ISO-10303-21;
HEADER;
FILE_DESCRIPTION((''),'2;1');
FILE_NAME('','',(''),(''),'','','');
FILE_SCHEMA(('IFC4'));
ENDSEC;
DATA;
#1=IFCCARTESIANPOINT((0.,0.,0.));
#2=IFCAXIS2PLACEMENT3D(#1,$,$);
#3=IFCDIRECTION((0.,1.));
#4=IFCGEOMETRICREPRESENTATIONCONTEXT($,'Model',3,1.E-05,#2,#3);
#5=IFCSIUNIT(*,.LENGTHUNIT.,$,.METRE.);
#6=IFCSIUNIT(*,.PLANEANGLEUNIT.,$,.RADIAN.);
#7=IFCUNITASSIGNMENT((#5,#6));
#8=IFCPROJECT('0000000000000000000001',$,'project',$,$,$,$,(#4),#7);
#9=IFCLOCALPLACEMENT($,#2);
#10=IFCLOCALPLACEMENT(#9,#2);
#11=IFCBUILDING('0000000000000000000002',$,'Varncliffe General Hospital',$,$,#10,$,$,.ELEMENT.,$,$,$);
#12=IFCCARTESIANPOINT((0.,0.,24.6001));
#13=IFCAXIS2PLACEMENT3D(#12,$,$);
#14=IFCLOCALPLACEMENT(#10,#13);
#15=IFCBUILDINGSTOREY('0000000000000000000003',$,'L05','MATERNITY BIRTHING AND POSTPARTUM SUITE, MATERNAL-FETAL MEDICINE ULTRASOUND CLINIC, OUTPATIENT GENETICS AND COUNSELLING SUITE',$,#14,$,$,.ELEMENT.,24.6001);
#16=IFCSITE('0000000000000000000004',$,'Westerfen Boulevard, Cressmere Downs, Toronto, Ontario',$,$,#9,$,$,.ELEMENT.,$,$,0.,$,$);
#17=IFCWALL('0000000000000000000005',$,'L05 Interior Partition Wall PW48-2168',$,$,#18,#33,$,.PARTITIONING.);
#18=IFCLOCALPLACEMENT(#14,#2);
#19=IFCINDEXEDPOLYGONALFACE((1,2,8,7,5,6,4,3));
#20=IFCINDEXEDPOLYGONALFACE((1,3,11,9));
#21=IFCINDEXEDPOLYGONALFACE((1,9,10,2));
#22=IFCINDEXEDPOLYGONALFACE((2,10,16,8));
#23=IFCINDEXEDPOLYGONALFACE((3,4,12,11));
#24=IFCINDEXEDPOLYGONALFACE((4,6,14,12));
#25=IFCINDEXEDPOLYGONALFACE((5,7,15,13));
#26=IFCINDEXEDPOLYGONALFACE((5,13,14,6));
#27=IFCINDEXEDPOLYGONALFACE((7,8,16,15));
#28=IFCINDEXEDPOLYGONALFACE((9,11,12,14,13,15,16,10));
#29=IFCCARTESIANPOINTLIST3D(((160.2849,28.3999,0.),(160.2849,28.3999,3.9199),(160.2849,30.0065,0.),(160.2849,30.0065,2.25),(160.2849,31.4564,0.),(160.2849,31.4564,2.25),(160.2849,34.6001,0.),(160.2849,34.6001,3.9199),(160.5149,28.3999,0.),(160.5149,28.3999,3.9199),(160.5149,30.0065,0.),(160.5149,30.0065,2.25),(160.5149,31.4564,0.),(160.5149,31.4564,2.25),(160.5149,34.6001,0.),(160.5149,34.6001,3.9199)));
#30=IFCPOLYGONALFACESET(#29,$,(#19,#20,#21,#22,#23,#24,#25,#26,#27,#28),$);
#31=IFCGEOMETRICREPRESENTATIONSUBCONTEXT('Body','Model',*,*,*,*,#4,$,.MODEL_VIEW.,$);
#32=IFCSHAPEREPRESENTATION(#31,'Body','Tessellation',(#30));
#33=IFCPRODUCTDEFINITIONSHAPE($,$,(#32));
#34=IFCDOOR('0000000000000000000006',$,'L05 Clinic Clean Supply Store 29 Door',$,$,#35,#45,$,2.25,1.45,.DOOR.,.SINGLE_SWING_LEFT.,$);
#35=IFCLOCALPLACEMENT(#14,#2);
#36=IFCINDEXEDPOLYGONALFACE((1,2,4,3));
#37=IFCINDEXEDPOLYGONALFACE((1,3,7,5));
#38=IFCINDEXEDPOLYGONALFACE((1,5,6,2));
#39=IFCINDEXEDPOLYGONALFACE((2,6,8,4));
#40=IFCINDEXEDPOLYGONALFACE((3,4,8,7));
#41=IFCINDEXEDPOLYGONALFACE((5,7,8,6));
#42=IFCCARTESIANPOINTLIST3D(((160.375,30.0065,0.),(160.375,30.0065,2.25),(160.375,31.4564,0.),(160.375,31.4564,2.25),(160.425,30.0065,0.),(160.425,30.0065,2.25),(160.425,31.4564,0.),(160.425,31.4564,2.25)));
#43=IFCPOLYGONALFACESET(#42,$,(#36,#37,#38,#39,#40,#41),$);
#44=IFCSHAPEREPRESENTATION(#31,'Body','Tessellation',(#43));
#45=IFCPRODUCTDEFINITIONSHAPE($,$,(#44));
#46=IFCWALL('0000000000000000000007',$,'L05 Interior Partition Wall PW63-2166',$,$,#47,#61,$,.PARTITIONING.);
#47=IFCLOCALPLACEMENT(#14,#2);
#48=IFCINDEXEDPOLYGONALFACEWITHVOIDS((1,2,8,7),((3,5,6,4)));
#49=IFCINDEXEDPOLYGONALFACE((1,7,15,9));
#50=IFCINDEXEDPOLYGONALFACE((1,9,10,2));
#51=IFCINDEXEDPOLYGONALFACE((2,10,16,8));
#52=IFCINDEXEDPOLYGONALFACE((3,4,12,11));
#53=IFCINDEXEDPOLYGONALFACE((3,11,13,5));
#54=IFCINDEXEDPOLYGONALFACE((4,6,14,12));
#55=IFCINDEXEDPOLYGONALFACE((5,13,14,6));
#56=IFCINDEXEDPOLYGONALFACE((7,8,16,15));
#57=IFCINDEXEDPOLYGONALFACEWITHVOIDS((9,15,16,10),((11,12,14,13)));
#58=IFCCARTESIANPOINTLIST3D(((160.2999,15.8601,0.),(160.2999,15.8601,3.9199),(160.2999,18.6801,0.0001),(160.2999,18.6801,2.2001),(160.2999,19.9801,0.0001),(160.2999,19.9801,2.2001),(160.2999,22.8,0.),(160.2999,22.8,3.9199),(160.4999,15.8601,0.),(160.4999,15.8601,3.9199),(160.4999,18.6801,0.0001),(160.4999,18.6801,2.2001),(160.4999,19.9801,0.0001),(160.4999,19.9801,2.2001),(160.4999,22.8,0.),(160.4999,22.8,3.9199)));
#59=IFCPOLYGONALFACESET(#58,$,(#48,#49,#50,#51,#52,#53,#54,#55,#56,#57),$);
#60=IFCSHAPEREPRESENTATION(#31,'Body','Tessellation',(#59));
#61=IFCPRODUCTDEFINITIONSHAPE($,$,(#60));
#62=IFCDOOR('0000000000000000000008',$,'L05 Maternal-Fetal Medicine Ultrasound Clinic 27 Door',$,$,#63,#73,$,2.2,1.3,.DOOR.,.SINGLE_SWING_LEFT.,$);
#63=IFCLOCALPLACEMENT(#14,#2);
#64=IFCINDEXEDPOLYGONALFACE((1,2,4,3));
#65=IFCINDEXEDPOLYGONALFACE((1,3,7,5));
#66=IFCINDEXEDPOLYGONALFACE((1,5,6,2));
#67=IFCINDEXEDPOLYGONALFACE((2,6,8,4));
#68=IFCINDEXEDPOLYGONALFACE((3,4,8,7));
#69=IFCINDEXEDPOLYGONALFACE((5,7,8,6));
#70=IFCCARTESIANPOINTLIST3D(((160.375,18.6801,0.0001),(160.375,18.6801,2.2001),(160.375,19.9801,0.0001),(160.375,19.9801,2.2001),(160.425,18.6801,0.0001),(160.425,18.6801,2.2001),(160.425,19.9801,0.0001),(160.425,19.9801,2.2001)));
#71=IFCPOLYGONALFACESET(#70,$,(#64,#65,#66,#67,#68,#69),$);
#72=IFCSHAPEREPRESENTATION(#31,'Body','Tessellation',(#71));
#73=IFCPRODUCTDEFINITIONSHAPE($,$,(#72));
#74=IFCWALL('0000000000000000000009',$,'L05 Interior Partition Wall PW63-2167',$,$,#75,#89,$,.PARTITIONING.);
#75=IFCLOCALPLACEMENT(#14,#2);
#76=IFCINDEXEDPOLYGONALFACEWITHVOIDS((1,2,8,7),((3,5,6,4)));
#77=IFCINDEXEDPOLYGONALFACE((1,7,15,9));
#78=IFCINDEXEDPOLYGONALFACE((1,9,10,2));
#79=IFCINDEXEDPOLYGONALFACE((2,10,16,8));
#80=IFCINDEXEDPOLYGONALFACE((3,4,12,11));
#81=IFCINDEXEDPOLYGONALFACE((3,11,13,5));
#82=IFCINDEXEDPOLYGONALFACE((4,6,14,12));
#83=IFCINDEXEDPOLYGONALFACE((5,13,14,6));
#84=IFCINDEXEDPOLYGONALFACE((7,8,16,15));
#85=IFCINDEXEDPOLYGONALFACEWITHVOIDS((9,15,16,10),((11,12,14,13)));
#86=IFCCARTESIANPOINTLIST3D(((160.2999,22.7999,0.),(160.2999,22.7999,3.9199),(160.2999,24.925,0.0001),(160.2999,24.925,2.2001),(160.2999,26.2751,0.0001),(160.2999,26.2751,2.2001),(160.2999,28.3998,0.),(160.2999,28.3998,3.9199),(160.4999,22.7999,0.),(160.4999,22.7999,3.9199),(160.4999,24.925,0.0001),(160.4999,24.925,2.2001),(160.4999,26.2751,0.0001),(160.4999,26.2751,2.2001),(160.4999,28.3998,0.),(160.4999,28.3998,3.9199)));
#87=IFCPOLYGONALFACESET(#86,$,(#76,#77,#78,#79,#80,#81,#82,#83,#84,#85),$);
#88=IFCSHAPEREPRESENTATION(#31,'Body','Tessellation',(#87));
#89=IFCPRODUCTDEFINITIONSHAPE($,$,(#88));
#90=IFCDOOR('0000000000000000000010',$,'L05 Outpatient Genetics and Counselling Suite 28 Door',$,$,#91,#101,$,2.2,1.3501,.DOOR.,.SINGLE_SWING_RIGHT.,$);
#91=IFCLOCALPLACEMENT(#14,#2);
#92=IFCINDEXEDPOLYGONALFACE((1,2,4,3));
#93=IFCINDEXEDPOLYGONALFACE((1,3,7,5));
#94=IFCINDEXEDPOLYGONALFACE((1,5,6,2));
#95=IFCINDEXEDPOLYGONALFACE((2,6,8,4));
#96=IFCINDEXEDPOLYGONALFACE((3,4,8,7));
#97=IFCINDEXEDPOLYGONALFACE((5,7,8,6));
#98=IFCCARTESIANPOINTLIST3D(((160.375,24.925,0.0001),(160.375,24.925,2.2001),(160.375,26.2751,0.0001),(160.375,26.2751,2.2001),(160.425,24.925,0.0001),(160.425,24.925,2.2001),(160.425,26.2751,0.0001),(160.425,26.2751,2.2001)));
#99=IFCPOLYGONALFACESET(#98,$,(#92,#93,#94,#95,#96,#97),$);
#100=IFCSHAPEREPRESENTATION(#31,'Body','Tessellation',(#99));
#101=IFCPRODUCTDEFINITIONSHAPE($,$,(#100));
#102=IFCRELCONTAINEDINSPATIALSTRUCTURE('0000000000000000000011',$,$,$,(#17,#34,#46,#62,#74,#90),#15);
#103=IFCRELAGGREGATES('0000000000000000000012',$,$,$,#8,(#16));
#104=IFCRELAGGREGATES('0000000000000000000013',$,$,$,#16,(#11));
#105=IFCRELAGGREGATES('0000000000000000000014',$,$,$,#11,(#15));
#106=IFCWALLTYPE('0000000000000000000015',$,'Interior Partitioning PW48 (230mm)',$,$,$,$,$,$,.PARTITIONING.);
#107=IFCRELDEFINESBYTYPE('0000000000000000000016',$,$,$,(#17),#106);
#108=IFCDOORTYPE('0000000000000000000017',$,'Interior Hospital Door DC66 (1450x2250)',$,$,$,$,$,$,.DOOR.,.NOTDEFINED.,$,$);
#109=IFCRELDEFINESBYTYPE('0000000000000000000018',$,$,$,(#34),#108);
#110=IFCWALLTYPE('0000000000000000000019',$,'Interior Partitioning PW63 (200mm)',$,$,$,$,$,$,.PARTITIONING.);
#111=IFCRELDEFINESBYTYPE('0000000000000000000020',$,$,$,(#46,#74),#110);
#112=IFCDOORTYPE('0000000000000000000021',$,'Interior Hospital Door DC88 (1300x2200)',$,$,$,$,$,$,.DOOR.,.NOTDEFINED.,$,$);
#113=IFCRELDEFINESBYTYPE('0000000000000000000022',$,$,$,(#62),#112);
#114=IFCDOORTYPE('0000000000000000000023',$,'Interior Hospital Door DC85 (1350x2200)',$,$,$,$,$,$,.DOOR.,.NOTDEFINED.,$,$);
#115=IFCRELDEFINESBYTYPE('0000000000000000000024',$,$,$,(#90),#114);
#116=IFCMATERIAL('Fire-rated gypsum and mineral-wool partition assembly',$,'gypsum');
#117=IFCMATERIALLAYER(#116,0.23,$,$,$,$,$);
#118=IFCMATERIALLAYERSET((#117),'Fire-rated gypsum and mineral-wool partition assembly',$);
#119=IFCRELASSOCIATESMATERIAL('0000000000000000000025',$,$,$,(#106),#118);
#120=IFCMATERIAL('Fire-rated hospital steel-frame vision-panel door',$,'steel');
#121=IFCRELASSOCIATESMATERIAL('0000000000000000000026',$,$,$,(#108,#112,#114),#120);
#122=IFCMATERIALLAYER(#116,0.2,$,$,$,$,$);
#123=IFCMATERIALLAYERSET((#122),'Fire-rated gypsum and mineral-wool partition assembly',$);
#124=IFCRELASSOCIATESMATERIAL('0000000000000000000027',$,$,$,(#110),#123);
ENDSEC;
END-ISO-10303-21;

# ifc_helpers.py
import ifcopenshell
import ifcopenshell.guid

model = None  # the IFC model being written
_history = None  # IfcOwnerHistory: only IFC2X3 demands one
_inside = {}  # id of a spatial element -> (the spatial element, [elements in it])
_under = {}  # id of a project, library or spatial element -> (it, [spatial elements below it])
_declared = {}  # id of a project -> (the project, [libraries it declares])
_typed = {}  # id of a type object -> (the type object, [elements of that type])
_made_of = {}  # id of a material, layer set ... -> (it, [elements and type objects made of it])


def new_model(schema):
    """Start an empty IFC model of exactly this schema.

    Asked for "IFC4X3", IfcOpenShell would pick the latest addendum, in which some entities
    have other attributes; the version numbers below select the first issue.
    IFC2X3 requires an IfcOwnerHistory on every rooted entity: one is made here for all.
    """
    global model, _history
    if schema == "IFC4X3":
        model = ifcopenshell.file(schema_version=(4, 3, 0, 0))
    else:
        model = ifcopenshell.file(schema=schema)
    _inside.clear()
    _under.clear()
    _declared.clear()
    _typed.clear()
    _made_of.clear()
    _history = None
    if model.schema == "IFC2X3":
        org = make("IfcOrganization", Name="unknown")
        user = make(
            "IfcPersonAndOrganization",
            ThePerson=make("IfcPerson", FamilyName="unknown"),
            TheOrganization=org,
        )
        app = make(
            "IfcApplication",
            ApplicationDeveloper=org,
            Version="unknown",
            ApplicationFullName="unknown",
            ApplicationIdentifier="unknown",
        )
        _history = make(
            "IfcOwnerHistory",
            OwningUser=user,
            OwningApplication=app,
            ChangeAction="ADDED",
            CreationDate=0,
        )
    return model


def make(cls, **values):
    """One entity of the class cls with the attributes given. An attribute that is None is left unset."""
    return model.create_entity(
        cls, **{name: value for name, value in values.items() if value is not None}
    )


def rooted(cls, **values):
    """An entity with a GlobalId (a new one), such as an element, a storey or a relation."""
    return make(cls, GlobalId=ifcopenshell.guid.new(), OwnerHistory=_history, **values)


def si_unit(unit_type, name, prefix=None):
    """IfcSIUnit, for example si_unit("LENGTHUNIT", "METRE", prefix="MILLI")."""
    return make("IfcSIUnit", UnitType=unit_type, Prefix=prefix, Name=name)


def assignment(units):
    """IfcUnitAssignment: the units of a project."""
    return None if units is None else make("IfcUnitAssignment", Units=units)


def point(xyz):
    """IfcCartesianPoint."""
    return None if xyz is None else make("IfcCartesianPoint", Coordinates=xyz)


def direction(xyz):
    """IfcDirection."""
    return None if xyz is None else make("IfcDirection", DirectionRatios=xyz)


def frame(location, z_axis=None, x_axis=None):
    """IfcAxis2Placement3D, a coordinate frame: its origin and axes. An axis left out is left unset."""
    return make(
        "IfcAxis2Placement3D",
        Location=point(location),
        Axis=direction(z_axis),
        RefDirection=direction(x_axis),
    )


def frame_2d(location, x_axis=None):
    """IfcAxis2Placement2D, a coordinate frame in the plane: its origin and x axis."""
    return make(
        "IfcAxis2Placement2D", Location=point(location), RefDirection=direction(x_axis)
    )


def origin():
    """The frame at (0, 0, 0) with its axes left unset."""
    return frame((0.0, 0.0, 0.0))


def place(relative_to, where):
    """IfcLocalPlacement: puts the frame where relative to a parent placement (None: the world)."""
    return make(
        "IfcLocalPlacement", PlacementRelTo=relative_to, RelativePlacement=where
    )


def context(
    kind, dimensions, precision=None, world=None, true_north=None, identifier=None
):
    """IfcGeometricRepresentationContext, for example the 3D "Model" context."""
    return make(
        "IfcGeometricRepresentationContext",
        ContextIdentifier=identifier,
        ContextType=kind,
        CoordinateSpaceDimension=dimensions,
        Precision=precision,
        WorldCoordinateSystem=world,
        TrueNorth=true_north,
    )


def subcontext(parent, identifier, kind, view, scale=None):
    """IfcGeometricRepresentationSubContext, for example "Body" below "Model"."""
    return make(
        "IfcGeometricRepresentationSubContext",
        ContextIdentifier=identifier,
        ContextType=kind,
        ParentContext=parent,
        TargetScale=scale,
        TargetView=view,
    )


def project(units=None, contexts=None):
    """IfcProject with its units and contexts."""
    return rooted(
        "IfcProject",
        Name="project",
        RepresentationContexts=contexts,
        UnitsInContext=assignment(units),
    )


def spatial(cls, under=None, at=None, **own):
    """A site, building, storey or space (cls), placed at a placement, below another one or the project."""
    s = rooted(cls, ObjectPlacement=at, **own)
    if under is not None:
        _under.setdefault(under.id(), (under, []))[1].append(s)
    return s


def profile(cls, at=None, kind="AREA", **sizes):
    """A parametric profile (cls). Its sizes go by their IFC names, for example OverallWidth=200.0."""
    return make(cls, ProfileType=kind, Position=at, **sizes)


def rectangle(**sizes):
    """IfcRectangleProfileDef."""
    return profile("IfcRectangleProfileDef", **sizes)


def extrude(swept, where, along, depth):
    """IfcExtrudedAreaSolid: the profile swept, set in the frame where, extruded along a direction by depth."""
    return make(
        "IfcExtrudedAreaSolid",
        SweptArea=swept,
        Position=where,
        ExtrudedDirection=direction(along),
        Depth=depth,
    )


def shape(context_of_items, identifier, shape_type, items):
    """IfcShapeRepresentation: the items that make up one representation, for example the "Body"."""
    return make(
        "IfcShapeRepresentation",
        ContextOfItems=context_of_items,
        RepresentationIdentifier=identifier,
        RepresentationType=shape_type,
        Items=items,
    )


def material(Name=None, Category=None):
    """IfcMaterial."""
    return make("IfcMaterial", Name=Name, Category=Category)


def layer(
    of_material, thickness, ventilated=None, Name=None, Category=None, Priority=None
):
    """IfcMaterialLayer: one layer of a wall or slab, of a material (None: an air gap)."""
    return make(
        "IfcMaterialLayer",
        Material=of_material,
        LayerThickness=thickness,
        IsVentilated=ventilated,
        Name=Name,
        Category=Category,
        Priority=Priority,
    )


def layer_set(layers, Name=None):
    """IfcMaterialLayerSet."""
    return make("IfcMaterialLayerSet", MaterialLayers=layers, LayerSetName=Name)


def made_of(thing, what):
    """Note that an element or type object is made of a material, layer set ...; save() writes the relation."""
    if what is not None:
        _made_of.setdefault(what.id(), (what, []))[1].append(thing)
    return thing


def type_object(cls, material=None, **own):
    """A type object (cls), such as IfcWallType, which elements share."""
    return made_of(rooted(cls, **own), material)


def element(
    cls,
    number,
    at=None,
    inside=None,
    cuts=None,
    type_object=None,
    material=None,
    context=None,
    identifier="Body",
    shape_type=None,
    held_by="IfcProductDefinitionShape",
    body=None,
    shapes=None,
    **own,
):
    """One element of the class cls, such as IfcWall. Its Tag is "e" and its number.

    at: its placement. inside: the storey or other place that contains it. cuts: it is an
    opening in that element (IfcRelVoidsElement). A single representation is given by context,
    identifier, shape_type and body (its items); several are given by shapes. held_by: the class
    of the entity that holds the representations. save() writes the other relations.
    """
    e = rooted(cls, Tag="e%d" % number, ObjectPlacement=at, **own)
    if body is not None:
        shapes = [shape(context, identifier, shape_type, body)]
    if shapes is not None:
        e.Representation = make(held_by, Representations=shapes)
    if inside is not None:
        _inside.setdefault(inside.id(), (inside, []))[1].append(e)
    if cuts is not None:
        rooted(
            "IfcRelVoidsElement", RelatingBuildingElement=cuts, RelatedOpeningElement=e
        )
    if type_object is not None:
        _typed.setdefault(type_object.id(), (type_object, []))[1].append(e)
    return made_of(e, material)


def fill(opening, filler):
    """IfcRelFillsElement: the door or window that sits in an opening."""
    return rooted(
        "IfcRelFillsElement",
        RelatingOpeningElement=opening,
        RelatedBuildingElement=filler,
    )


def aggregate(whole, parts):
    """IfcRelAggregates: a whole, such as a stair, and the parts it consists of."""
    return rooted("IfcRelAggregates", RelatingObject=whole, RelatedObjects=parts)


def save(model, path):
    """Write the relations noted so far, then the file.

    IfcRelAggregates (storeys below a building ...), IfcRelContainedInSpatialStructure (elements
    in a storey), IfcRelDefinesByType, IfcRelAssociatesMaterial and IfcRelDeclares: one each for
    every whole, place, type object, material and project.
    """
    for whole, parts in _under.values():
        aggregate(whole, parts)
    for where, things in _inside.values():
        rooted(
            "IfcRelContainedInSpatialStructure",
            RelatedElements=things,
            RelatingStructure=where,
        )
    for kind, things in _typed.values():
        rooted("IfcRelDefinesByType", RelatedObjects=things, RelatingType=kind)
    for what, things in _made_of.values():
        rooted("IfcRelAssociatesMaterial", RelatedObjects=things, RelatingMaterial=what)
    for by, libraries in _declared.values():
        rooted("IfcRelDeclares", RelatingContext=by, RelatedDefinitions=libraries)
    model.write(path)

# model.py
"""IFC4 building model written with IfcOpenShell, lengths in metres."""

from ifc_helpers import new_model, si_unit, direction, frame, frame_2d, origin, place, context, subcontext, project, spatial, rectangle, extrude, material, layer, layer_set, type_object, element, fill, save


model = new_model("IFC4")

# Units and contexts
model_context = context("Model", 3, precision=1e-05, world=origin(), true_north=direction((0.0, 1.0)))
body_context = subcontext(model_context, "Body", "Model", "MODEL_VIEW")
ifc_project = project(units=[si_unit("LENGTHUNIT", "METRE"), si_unit("PLANEANGLEUNIT", "RADIAN")], contexts=[model_context])

# Site, building, storey
site_placement = place(None, origin())
site = spatial("IfcSite", under=ifc_project, at=site_placement, Name="Westerfen Boulevard, Cressmere Downs, Toronto, Ontario", CompositionType="ELEMENT", RefElevation=0.0)
building_placement = place(site_placement, origin())
building = spatial("IfcBuilding", under=site, at=building_placement, Name="Varncliffe General Hospital", CompositionType="ELEMENT")
storey_placement = place(building_placement, frame((0.0, 0.0, 24.6001)))
storey = spatial("IfcBuildingStorey", under=building, at=storey_placement, Name="L05", Description="MATERNITY BIRTHING AND POSTPARTUM SUITE, MATERNAL-FETAL MEDICINE ULTRASOUND CLINIC, OUTPATIENT GENETICS AND COUNSELLING SUITE", CompositionType="ELEMENT", Elevation=24.6001)

# Shared definitions
ifc_material_1 = material(Name="Fire-rated gypsum and mineral-wool partition assembly", Category="gypsum")

# Walls, openings, doors
ifc_layer_1 = layer(ifc_material_1, 0.23)
ifc_layer_set_1 = layer_set([ifc_layer_1], Name="Fire-rated gypsum and mineral-wool partition assembly")
wall_type_1 = type_object("IfcWallType", Name="Interior Partitioning PW48 (230mm)", PredefinedType="PARTITIONING", material=ifc_layer_set_1)
wall_1_placement = place(storey_placement, frame((160.3999, 28.3999, 0.0), z_axis=(0.0, 0.0, 1.0), x_axis=(0.0, 1.0, 0.0)))
wall_1 = element("IfcWall", 1, at=wall_1_placement, inside=storey, type_object=wall_type_1, Name="L05 Interior Partition Wall PW48-2168", PredefinedType="PARTITIONING", context=body_context, shape_type="SweptSolid", body=[
    extrude(rectangle(XDim=6.2002, YDim=0.23, at=frame_2d((3.1001, 0.0))), origin(), (0.0, 0.0, 1.0), 3.9199),
])
opening_1_placement = place(wall_1_placement, frame((1.6064, 0.0, 0.0)))
opening_1 = element("IfcOpeningElement", 2, at=opening_1_placement, cuts=wall_1, PredefinedType="OPENING", context=body_context, shape_type="SweptSolid", body=[
    extrude(rectangle(XDim=1.45, YDim=2.25, at=frame_2d((0.7251, 1.125))), frame((0.0, 0.125, 0.0), z_axis=(0.0, -1.0, 0.0), x_axis=(1.0, 0.0, 0.0)), (0.0, 0.0, 1.0), 0.25),
])
ifc_material_2 = material(Name="Fire-rated hospital steel-frame vision-panel door", Category="steel")
door_type_1 = type_object("IfcDoorType", Name="Interior Hospital Door DC66 (1450x2250)", OperationType="NOTDEFINED", PredefinedType="DOOR", material=ifc_material_2)
door_1_placement = place(opening_1_placement, origin())
door_1 = element("IfcDoor", 3, at=door_1_placement, inside=storey, type_object=door_type_1, Name="L05 Clinic Clean Supply Store 29 Door", OperationType="SINGLE_SWING_LEFT", OverallHeight=2.25, OverallWidth=1.45, PredefinedType="DOOR", context=body_context, shape_type="SweptSolid", body=[
    extrude(rectangle(XDim=1.45, YDim=2.25, at=frame_2d((0.7251, 1.125))), frame((0.0, 0.0249, 0.0), z_axis=(0.0, -1.0, 0.0), x_axis=(1.0, 0.0, 0.0)), (0.0, 0.0, 1.0), 0.05),
])
fill(opening_1, door_1)
ifc_layer_2 = layer(ifc_material_1, 0.2)
ifc_layer_set_2 = layer_set([ifc_layer_2], Name="Fire-rated gypsum and mineral-wool partition assembly")
wall_type_2 = type_object("IfcWallType", Name="Interior Partitioning PW63 (200mm)", PredefinedType="PARTITIONING", material=ifc_layer_set_2)
wall_2_placement = place(storey_placement, frame((160.3999, 15.8601, 0.0), z_axis=(0.0, 0.0, 1.0), x_axis=(0.0, 1.0, 0.0)))
wall_2 = element("IfcWall", 4, at=wall_2_placement, inside=storey, type_object=wall_type_2, Name="L05 Interior Partition Wall PW63-2166", PredefinedType="PARTITIONING", context=body_context, shape_type="SweptSolid", body=[
    extrude(rectangle(XDim=6.9399, YDim=0.2, at=frame_2d((3.47, 0.0))), origin(), (0.0, 0.0, 1.0), 3.9199),
])
opening_2_placement = place(wall_2_placement, frame((2.8201, 0.0, 0.0)))
opening_2 = element("IfcOpeningElement", 5, at=opening_2_placement, cuts=wall_2, PredefinedType="OPENING", context=body_context, shape_type="SweptSolid", body=[
    extrude(rectangle(XDim=1.3, YDim=2.2, at=frame_2d((0.6499, 1.1001))), frame((0.0, 0.1099, 0.0), z_axis=(0.0, -1.0, 0.0), x_axis=(1.0, 0.0, 0.0)), (0.0, 0.0, 1.0), 0.22),
])
door_type_2 = type_object("IfcDoorType", Name="Interior Hospital Door DC88 (1300x2200)", OperationType="NOTDEFINED", PredefinedType="DOOR", material=ifc_material_2)
door_2_placement = place(opening_2_placement, origin())
door_2 = element("IfcDoor", 6, at=door_2_placement, inside=storey, type_object=door_type_2, Name="L05 Maternal-Fetal Medicine Ultrasound Clinic 27 Door", OperationType="SINGLE_SWING_LEFT", OverallHeight=2.2, OverallWidth=1.3, PredefinedType="DOOR", context=body_context, shape_type="SweptSolid", body=[
    extrude(rectangle(XDim=1.3, YDim=2.2, at=frame_2d((0.6499, 1.1001))), frame((0.0, 0.0249, 0.0), z_axis=(0.0, -1.0, 0.0), x_axis=(1.0, 0.0, 0.0)), (0.0, 0.0, 1.0), 0.05),
])
fill(opening_2, door_2)
wall_3_placement = place(storey_placement, frame((160.3999, 22.8, 0.0), z_axis=(0.0, 0.0, 1.0), x_axis=(0.0, 1.0, 0.0)))
wall_3 = element("IfcWall", 7, at=wall_3_placement, inside=storey, type_object=wall_type_2, Name="L05 Interior Partition Wall PW63-2167", PredefinedType="PARTITIONING", context=body_context, shape_type="SweptSolid", body=[
    extrude(rectangle(XDim=5.5999, YDim=0.2, at=frame_2d((2.7998, 0.0))), origin(), (0.0, 0.0, 1.0), 3.9199),
])
opening_3_placement = place(wall_3_placement, frame((2.125, 0.0, 0.0)))
opening_3 = element("IfcOpeningElement", 8, at=opening_3_placement, cuts=wall_3, PredefinedType="OPENING", context=body_context, shape_type="SweptSolid", body=[
    extrude(rectangle(XDim=1.3501, YDim=2.2, at=frame_2d((0.675, 1.1001))), frame((0.0, 0.1099, 0.0), z_axis=(0.0, -1.0, 0.0), x_axis=(1.0, 0.0, 0.0)), (0.0, 0.0, 1.0), 0.22),
])
door_type_3 = type_object("IfcDoorType", Name="Interior Hospital Door DC85 (1350x2200)", OperationType="NOTDEFINED", PredefinedType="DOOR", material=ifc_material_2)
door_3_placement = place(opening_3_placement, origin())
door_3 = element("IfcDoor", 9, at=door_3_placement, inside=storey, type_object=door_type_3, Name="L05 Outpatient Genetics and Counselling Suite 28 Door", OperationType="SINGLE_SWING_RIGHT", OverallHeight=2.2, OverallWidth=1.3501, PredefinedType="DOOR", context=body_context, shape_type="SweptSolid", body=[
    extrude(rectangle(XDim=1.3501, YDim=2.2, at=frame_2d((0.675, 1.1001))), frame((0.0, 0.0249, 0.0), z_axis=(0.0, -1.0, 0.0), x_axis=(1.0, 0.0, 0.0)), (0.0, 0.0, 1.0), 0.05),
])
fill(opening_3, door_3)

save(model, "model.ifc")
